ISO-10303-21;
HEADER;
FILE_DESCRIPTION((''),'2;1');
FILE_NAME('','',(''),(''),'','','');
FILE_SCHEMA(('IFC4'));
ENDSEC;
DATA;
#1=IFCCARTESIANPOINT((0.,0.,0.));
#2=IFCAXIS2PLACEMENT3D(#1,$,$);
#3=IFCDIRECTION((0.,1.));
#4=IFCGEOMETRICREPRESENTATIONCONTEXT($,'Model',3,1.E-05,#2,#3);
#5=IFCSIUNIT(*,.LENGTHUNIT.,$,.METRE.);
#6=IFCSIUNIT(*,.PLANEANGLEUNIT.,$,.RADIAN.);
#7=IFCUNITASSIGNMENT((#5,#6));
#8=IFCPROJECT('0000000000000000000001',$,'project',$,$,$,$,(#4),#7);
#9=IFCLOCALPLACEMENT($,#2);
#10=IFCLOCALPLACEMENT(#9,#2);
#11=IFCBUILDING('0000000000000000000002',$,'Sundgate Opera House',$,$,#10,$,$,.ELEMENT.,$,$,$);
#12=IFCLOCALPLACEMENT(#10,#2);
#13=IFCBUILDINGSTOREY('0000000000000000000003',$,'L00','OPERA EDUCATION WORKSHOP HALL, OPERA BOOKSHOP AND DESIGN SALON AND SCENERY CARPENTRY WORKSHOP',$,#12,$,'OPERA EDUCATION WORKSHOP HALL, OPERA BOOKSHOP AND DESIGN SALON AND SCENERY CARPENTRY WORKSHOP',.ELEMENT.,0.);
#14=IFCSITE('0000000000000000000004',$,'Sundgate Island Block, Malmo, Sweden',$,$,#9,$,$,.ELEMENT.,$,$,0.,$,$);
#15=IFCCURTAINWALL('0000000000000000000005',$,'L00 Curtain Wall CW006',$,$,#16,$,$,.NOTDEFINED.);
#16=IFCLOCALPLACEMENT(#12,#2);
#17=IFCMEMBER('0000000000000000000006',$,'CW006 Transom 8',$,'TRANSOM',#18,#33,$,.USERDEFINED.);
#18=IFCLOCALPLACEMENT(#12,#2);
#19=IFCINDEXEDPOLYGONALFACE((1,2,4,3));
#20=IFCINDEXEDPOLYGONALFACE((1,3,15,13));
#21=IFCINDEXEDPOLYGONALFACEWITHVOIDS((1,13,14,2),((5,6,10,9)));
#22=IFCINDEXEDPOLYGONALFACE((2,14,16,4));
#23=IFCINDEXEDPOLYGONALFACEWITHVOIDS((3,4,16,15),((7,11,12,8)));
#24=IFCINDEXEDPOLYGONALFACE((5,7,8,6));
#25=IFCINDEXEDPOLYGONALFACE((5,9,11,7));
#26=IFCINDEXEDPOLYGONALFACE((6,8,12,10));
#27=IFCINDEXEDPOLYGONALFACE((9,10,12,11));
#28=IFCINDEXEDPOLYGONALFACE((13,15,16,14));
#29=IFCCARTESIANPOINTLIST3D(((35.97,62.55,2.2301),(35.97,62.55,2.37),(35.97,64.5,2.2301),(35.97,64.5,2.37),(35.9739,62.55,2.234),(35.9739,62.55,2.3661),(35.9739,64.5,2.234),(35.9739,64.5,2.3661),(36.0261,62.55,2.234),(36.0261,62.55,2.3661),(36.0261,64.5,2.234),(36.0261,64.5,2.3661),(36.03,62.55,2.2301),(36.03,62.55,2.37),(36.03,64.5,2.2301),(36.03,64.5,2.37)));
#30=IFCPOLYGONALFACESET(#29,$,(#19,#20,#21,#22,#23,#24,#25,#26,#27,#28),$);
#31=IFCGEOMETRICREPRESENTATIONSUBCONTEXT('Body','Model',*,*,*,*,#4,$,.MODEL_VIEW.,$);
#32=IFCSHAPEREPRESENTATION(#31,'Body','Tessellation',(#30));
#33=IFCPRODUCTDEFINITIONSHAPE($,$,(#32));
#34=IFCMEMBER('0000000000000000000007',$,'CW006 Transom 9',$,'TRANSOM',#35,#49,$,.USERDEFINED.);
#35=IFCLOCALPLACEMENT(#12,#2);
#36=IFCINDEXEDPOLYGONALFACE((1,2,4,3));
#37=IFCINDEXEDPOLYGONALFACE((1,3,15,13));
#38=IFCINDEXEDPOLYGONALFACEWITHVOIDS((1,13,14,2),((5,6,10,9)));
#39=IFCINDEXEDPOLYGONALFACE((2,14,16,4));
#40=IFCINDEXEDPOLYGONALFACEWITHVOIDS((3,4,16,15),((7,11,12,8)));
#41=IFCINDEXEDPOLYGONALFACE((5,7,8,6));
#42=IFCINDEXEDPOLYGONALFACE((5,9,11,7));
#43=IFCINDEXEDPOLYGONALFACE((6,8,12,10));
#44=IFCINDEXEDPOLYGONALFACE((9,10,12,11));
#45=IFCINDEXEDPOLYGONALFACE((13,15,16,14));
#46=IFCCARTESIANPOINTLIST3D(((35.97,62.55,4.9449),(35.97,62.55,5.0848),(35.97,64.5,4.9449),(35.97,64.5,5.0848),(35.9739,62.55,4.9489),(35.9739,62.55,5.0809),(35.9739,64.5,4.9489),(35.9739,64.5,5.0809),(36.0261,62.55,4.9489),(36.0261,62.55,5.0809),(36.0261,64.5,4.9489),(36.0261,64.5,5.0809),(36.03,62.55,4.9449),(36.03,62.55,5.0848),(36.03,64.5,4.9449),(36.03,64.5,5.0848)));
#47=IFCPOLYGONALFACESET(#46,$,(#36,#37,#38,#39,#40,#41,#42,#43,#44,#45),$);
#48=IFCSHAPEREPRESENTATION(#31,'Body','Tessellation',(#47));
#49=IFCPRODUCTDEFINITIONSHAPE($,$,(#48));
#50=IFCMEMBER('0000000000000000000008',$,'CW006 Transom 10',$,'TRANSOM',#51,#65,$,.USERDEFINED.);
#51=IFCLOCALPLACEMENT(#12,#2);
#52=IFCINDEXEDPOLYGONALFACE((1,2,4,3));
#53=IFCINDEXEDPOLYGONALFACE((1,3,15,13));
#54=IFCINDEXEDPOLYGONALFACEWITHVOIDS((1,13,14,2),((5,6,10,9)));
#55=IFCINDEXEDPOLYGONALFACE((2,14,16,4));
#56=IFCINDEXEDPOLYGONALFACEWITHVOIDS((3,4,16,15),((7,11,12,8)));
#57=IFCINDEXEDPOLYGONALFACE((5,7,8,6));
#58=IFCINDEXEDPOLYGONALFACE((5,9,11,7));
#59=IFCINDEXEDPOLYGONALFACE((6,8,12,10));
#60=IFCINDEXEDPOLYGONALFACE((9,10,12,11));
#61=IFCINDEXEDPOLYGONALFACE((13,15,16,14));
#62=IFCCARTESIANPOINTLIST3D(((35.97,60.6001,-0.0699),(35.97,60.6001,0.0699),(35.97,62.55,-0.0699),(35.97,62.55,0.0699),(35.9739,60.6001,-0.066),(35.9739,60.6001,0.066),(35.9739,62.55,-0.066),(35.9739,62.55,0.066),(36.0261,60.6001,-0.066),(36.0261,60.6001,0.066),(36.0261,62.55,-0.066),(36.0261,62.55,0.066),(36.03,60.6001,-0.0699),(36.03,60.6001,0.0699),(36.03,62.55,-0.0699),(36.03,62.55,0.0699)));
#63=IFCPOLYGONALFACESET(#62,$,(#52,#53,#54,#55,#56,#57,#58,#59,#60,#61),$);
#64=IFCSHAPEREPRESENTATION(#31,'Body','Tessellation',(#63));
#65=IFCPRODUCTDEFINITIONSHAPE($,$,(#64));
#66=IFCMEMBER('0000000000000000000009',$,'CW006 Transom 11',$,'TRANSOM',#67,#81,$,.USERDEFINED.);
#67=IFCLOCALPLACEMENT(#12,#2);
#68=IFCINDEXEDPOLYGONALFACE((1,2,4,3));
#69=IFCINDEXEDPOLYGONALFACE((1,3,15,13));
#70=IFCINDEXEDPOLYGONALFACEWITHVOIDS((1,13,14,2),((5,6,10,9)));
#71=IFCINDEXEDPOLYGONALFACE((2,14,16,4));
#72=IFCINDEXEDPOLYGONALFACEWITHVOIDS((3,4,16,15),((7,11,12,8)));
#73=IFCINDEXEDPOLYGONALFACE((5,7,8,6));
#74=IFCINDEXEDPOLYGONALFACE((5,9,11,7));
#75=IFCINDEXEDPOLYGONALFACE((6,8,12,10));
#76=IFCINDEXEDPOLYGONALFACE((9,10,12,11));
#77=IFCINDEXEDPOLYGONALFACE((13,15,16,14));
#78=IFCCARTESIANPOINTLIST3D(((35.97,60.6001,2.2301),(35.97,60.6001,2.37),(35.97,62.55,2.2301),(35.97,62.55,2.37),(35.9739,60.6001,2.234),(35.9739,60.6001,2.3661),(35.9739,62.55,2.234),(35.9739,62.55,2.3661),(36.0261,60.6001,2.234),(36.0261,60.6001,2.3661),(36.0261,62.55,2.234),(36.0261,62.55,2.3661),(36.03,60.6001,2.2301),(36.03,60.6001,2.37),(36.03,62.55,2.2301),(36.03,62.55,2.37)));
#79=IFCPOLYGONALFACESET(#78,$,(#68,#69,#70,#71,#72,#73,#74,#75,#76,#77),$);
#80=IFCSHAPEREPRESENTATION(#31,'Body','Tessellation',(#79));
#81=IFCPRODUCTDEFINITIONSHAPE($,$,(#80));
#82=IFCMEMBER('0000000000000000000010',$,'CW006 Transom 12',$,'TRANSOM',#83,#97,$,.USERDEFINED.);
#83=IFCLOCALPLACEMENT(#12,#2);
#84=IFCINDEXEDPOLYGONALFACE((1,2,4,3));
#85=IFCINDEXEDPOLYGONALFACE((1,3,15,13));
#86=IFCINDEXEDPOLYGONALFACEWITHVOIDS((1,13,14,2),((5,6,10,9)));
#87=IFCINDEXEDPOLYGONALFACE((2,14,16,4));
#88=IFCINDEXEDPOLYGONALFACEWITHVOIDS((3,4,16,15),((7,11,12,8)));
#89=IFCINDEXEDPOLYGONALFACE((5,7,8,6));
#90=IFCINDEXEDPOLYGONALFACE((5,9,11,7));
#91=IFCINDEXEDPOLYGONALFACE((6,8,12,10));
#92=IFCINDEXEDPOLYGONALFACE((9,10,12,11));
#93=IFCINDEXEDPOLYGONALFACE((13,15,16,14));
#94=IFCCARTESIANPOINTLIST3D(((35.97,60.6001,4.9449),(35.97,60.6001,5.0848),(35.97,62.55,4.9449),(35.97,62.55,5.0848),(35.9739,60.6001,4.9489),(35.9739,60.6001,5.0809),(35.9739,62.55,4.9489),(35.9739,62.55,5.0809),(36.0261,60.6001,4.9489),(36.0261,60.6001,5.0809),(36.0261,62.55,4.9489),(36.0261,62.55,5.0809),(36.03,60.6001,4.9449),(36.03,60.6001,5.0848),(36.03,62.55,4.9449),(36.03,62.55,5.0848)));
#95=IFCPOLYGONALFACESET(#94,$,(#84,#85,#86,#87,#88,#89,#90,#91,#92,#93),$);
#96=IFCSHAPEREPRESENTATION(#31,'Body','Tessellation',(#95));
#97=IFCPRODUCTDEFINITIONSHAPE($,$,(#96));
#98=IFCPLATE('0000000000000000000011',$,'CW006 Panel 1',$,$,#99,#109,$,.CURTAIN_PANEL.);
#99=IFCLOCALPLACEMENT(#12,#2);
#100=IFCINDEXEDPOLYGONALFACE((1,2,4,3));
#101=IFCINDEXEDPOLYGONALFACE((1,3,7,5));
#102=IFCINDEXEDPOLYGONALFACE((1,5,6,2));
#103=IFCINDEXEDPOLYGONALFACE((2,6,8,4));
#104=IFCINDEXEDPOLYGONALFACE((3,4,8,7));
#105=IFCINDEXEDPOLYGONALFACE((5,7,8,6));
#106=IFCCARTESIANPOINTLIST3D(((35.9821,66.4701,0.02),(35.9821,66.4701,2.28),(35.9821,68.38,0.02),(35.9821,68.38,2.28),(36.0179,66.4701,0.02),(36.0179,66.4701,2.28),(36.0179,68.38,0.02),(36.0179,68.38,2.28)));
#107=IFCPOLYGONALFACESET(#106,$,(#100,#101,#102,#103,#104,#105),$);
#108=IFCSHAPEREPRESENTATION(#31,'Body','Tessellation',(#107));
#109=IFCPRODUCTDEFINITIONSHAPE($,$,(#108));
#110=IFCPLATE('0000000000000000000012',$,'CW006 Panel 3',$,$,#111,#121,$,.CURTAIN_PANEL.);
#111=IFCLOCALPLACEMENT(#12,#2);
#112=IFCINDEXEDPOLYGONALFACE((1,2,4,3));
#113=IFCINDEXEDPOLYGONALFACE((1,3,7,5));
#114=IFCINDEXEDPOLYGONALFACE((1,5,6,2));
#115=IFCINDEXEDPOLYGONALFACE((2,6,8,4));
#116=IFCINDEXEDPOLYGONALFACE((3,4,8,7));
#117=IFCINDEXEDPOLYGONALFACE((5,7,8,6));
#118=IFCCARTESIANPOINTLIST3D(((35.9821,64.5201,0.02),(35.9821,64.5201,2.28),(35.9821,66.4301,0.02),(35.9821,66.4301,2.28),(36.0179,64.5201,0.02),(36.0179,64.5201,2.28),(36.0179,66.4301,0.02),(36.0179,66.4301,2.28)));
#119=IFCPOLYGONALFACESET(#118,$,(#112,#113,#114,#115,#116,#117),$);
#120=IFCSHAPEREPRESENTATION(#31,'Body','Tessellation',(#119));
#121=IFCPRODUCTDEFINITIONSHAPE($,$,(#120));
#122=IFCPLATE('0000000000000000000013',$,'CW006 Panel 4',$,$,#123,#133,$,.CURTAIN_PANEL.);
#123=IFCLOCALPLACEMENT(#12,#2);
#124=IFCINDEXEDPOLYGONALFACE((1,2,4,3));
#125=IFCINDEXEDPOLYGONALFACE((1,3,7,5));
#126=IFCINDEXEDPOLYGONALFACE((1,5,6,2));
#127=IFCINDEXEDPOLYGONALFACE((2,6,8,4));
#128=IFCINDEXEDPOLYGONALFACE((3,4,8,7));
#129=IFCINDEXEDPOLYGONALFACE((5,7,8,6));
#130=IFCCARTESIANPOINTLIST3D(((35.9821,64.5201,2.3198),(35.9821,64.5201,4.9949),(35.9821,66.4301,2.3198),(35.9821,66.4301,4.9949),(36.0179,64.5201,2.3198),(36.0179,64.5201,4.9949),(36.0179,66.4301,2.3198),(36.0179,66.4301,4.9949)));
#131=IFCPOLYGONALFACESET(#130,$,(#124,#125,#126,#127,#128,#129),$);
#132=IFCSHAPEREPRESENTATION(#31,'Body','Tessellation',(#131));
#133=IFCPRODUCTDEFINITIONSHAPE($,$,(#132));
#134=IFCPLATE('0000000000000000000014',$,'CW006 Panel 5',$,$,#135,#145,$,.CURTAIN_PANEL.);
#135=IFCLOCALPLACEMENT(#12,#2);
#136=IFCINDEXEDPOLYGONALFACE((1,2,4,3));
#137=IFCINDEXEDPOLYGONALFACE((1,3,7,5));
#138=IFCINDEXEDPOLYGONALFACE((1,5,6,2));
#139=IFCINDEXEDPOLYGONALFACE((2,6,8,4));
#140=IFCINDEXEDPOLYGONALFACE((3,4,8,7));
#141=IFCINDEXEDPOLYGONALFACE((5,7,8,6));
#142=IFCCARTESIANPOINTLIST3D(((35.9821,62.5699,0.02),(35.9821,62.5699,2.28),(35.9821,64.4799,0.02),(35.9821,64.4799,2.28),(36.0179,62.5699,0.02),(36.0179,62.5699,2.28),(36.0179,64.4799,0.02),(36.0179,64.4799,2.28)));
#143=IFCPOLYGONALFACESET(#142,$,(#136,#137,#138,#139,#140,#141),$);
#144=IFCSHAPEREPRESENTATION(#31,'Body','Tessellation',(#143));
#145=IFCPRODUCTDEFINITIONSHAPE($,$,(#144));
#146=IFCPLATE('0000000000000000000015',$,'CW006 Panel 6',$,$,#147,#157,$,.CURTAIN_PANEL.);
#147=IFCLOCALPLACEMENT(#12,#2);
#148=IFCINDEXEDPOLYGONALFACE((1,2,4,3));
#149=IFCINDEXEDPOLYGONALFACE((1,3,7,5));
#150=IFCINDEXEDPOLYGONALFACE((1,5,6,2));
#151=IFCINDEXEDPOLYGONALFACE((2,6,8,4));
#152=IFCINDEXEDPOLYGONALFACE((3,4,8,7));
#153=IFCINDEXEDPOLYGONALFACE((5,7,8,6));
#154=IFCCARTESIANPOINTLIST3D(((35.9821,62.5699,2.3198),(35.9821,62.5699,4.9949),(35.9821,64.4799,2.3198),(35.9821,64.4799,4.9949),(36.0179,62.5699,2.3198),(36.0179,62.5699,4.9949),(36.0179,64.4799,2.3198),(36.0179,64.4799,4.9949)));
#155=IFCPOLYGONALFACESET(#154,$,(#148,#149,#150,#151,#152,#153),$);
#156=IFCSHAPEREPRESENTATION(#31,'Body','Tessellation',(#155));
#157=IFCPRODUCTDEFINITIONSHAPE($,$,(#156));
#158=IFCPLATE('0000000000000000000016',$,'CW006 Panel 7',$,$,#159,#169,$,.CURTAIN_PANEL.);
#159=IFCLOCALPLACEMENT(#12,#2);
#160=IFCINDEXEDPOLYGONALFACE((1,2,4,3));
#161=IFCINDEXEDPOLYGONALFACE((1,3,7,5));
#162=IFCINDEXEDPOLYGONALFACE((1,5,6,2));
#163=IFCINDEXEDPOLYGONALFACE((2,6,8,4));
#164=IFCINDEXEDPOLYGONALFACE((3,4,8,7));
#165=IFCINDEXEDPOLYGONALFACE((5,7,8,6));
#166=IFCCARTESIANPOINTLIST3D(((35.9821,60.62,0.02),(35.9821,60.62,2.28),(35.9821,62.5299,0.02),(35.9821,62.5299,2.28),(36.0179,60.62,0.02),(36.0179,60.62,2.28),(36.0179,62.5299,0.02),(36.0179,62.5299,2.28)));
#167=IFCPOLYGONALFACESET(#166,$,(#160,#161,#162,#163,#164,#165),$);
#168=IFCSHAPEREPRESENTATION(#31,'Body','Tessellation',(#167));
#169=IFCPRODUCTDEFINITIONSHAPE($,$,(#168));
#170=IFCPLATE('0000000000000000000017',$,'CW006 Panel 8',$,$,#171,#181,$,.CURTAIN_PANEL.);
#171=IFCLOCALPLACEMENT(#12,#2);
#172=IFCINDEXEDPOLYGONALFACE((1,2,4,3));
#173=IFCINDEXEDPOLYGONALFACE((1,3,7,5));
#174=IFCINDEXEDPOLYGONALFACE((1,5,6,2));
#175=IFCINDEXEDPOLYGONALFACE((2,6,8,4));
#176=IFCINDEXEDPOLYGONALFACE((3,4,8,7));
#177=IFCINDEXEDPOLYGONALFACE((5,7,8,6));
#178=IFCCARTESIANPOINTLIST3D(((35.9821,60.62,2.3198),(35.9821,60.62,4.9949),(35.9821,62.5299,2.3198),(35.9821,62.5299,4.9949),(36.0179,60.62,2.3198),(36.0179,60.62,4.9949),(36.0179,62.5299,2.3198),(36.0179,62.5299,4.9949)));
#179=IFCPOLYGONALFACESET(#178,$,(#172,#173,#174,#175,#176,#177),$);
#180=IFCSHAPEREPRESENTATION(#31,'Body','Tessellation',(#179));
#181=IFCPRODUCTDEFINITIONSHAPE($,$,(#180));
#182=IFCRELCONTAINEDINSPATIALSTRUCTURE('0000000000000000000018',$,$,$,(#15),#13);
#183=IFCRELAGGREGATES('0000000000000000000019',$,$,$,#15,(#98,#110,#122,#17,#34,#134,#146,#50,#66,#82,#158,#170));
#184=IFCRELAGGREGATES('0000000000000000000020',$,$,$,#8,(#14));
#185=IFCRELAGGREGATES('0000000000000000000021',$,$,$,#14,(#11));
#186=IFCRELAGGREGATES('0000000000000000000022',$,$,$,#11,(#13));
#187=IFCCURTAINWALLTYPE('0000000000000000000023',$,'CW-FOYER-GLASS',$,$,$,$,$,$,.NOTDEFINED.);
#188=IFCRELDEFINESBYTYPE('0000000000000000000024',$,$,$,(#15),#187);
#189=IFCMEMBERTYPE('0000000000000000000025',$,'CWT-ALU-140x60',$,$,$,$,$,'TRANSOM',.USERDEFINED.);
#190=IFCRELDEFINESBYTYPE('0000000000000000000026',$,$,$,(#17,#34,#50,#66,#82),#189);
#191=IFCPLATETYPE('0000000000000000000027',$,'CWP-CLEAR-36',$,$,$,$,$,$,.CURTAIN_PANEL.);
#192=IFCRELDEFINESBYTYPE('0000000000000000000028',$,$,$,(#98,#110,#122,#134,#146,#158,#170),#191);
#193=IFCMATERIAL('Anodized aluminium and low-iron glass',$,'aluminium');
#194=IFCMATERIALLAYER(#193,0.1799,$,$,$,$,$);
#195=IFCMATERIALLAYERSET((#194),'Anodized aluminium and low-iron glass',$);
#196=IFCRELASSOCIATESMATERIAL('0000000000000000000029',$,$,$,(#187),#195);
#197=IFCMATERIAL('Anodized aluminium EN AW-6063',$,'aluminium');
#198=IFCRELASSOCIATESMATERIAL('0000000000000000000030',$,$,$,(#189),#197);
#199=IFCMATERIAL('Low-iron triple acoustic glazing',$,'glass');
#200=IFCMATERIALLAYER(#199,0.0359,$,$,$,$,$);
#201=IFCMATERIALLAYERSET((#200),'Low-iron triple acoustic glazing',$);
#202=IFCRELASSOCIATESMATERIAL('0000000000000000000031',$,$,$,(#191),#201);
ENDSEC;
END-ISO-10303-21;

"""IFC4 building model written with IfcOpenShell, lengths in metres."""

from ifc_helpers import new_model, si_unit, direction, frame, origin, origin_2d, place, context, subcontext, project, spatial, rectangle, hollow_rectangle, extrude, material, layer, layer_set, material_profile, profile_set, type_object, element, aggregate, save


model = new_model("IFC4")

# Units and contexts
model_context = context("Model", 3, precision=1e-05, world=origin(), true_north=direction((0.0, 1.0)))
body_context = subcontext(model_context, "Body", "Model", "MODEL_VIEW")
ifc_project = project(units=[si_unit("LENGTHUNIT", "METRE"), si_unit("PLANEANGLEUNIT", "RADIAN")], contexts=[model_context])

# Site, building, storey
site_placement = place(None, origin())
site = spatial("IfcSite", under=ifc_project, at=site_placement, Name="Sundgate Island Block, Malmo, Sweden", CompositionType="ELEMENT", RefElevation=0.0)
building_placement = place(site_placement, origin())
building = spatial("IfcBuilding", under=site, at=building_placement, Name="Sundgate Opera House", CompositionType="ELEMENT")
storey_placement = place(building_placement, origin())
storey = spatial("IfcBuildingStorey", under=building, at=storey_placement, Name="L00", Description="OPERA EDUCATION WORKSHOP HALL, OPERA BOOKSHOP AND DESIGN SALON AND SCENERY CARPENTRY WORKSHOP", LongName="OPERA EDUCATION WORKSHOP HALL, OPERA BOOKSHOP AND DESIGN SALON AND SCENERY CARPENTRY WORKSHOP", CompositionType="ELEMENT", Elevation=0.0)

# Curtain wall, members, plates
ifc_material_1 = material(Name="Anodized aluminium and low-iron glass", Category="aluminium")
ifc_layer_1 = layer(ifc_material_1, 0.1799)
ifc_layer_set_1 = layer_set([ifc_layer_1], Name="Anodized aluminium and low-iron glass")
curtain_wall_type = type_object("IfcCurtainWallType", Name="CW-FOYER-GLASS", PredefinedType="NOTDEFINED", material=ifc_layer_set_1)
curtain_wall_placement = place(storey_placement, origin())
curtain_wall = element("IfcCurtainWall", 1, at=curtain_wall_placement, inside=storey, type_object=curtain_wall_type, Name="L00 Curtain Wall CW006", PredefinedType="NOTDEFINED")
ifc_material_2 = material(Name="Anodized aluminium EN AW-6063", Category="aluminium")
ifc_material_profile_1 = material_profile(ifc_material_2, hollow_rectangle(XDim=0.0601, YDim=0.1399, WallThickness=0.0039, at=origin_2d()), Name="CWT 140x60x4")
ifc_profile_set_1 = profile_set([ifc_material_profile_1], Name="Anodized aluminium EN AW-6063")
member_type_1 = type_object("IfcMemberType", Name="CWT-ALU-140x60", ElementType="TRANSOM", PredefinedType="USERDEFINED", material=ifc_profile_set_1)
member_1_placement = place(storey_placement, frame((36.0, 64.5, 2.3), z_axis=(0.0, -1.0, 0.0), x_axis=(1.0, 0.0, 0.0)))
member_1 = element("IfcMember", 2, at=member_1_placement, type_object=member_type_1, Name="CW006 Transom 8", ObjectType="TRANSOM", PredefinedType="USERDEFINED", context=body_context, shape_type="SweptSolid", body=[
    extrude(hollow_rectangle(XDim=0.0601, YDim=0.1399, WallThickness=0.0039, at=origin_2d()), origin(), (0.0, 0.0, 1.0), 1.95),
])
member_2_placement = place(storey_placement, frame((36.0, 64.5, 5.0149), z_axis=(0.0, -1.0, 0.0), x_axis=(1.0, 0.0, 0.0)))
member_2 = element("IfcMember", 3, at=member_2_placement, type_object=member_type_1, Name="CW006 Transom 9", ObjectType="TRANSOM", PredefinedType="USERDEFINED", context=body_context, shape_type="SweptSolid", body=[
    extrude(hollow_rectangle(XDim=0.0601, YDim=0.1399, WallThickness=0.0039, at=origin_2d()), origin(), (0.0, 0.0, 1.0), 1.95),
])
member_3_placement = place(storey_placement, frame((36.0, 62.55, 0.0), z_axis=(0.0, -1.0, 0.0), x_axis=(1.0, 0.0, 0.0)))
member_3 = element("IfcMember", 4, at=member_3_placement, type_object=member_type_1, Name="CW006 Transom 10", ObjectType="TRANSOM", PredefinedType="USERDEFINED", context=body_context, shape_type="SweptSolid", body=[
    extrude(hollow_rectangle(XDim=0.0601, YDim=0.1399, WallThickness=0.0039, at=origin_2d()), origin(), (0.0, 0.0, 1.0), 1.95),
])
member_4_placement = place(storey_placement, frame((36.0, 62.55, 2.3), z_axis=(0.0, -1.0, 0.0), x_axis=(1.0, 0.0, 0.0)))
member_4 = element("IfcMember", 5, at=member_4_placement, type_object=member_type_1, Name="CW006 Transom 11", ObjectType="TRANSOM", PredefinedType="USERDEFINED", context=body_context, shape_type="SweptSolid", body=[
    extrude(hollow_rectangle(XDim=0.0601, YDim=0.1399, WallThickness=0.0039, at=origin_2d()), origin(), (0.0, 0.0, 1.0), 1.95),
])
member_5_placement = place(storey_placement, frame((36.0, 62.55, 5.0149), z_axis=(0.0, -1.0, 0.0), x_axis=(1.0, 0.0, 0.0)))
member_5 = element("IfcMember", 6, at=member_5_placement, type_object=member_type_1, Name="CW006 Transom 12", ObjectType="TRANSOM", PredefinedType="USERDEFINED", context=body_context, shape_type="SweptSolid", body=[
    extrude(hollow_rectangle(XDim=0.0601, YDim=0.1399, WallThickness=0.0039, at=origin_2d()), origin(), (0.0, 0.0, 1.0), 1.95),
])
ifc_material_3 = material(Name="Low-iron triple acoustic glazing", Category="glass")
ifc_layer_2 = layer(ifc_material_3, 0.0359)
ifc_layer_set_2 = layer_set([ifc_layer_2], Name="Low-iron triple acoustic glazing")
plate_type = type_object("IfcPlateType", Name="CWP-CLEAR-36", PredefinedType="CURTAIN_PANEL", material=ifc_layer_set_2)
plate_1_placement = place(storey_placement, frame((36.0, 67.425, 0.02), z_axis=(0.0, 0.0, 1.0), x_axis=(0.0, -1.0, 0.0)))
plate_1 = element("IfcPlate", 7, at=plate_1_placement, type_object=plate_type, Name="CW006 Panel 1", PredefinedType="CURTAIN_PANEL", context=body_context, shape_type="SweptSolid", body=[
    extrude(rectangle(XDim=1.9099, YDim=0.0359, at=origin_2d()), origin(), (0.0, 0.0, 1.0), 2.26),
])
plate_2_placement = place(storey_placement, frame((36.0, 65.4751, 0.02), z_axis=(0.0, 0.0, 1.0), x_axis=(0.0, -1.0, 0.0)))
plate_2 = element("IfcPlate", 8, at=plate_2_placement, type_object=plate_type, Name="CW006 Panel 3", PredefinedType="CURTAIN_PANEL", context=body_context, shape_type="SweptSolid", body=[
    extrude(rectangle(XDim=1.9099, YDim=0.0359, at=origin_2d()), origin(), (0.0, 0.0, 1.0), 2.26),
])
plate_3_placement = place(storey_placement, frame((36.0, 65.4751, 2.3198), z_axis=(0.0, 0.0, 1.0), x_axis=(0.0, -1.0, 0.0)))
plate_3 = element("IfcPlate", 9, at=plate_3_placement, type_object=plate_type, Name="CW006 Panel 4", PredefinedType="CURTAIN_PANEL", context=body_context, shape_type="SweptSolid", body=[
    extrude(rectangle(XDim=1.9099, YDim=0.0359, at=origin_2d()), origin(), (0.0, 0.0, 1.0), 2.675),
])
plate_4_placement = place(storey_placement, frame((36.0, 63.5249, 0.02), z_axis=(0.0, 0.0, 1.0), x_axis=(0.0, -1.0, 0.0)))
plate_4 = element("IfcPlate", 10, at=plate_4_placement, type_object=plate_type, Name="CW006 Panel 5", PredefinedType="CURTAIN_PANEL", context=body_context, shape_type="SweptSolid", body=[
    extrude(rectangle(XDim=1.9099, YDim=0.0359, at=origin_2d()), origin(), (0.0, 0.0, 1.0), 2.26),
])
plate_5_placement = place(storey_placement, frame((36.0, 63.5249, 2.3198), z_axis=(0.0, 0.0, 1.0), x_axis=(0.0, -1.0, 0.0)))
plate_5 = element("IfcPlate", 11, at=plate_5_placement, type_object=plate_type, Name="CW006 Panel 6", PredefinedType="CURTAIN_PANEL", context=body_context, shape_type="SweptSolid", body=[
    extrude(rectangle(XDim=1.9099, YDim=0.0359, at=origin_2d()), origin(), (0.0, 0.0, 1.0), 2.675),
])
plate_6_placement = place(storey_placement, frame((36.0, 61.575, 0.02), z_axis=(0.0, 0.0, 1.0), x_axis=(0.0, -1.0, 0.0)))
plate_6 = element("IfcPlate", 12, at=plate_6_placement, type_object=plate_type, Name="CW006 Panel 7", PredefinedType="CURTAIN_PANEL", context=body_context, shape_type="SweptSolid", body=[
    extrude(rectangle(XDim=1.9099, YDim=0.0359, at=origin_2d()), origin(), (0.0, 0.0, 1.0), 2.26),
])
plate_7_placement = place(storey_placement, frame((36.0, 61.575, 2.3198), z_axis=(0.0, 0.0, 1.0), x_axis=(0.0, -1.0, 0.0)))
plate_7 = element("IfcPlate", 13, at=plate_7_placement, type_object=plate_type, Name="CW006 Panel 8", PredefinedType="CURTAIN_PANEL", context=body_context, shape_type="SweptSolid", body=[
    extrude(rectangle(XDim=1.9099, YDim=0.0359, at=origin_2d()), origin(), (0.0, 0.0, 1.0), 2.675),
])
aggregate(curtain_wall, [plate_1, plate_2, plate_3, member_1, member_2, plate_4, plate_5, member_3, member_4, member_5, plate_6, plate_7])

save(model, "model.ifc")
